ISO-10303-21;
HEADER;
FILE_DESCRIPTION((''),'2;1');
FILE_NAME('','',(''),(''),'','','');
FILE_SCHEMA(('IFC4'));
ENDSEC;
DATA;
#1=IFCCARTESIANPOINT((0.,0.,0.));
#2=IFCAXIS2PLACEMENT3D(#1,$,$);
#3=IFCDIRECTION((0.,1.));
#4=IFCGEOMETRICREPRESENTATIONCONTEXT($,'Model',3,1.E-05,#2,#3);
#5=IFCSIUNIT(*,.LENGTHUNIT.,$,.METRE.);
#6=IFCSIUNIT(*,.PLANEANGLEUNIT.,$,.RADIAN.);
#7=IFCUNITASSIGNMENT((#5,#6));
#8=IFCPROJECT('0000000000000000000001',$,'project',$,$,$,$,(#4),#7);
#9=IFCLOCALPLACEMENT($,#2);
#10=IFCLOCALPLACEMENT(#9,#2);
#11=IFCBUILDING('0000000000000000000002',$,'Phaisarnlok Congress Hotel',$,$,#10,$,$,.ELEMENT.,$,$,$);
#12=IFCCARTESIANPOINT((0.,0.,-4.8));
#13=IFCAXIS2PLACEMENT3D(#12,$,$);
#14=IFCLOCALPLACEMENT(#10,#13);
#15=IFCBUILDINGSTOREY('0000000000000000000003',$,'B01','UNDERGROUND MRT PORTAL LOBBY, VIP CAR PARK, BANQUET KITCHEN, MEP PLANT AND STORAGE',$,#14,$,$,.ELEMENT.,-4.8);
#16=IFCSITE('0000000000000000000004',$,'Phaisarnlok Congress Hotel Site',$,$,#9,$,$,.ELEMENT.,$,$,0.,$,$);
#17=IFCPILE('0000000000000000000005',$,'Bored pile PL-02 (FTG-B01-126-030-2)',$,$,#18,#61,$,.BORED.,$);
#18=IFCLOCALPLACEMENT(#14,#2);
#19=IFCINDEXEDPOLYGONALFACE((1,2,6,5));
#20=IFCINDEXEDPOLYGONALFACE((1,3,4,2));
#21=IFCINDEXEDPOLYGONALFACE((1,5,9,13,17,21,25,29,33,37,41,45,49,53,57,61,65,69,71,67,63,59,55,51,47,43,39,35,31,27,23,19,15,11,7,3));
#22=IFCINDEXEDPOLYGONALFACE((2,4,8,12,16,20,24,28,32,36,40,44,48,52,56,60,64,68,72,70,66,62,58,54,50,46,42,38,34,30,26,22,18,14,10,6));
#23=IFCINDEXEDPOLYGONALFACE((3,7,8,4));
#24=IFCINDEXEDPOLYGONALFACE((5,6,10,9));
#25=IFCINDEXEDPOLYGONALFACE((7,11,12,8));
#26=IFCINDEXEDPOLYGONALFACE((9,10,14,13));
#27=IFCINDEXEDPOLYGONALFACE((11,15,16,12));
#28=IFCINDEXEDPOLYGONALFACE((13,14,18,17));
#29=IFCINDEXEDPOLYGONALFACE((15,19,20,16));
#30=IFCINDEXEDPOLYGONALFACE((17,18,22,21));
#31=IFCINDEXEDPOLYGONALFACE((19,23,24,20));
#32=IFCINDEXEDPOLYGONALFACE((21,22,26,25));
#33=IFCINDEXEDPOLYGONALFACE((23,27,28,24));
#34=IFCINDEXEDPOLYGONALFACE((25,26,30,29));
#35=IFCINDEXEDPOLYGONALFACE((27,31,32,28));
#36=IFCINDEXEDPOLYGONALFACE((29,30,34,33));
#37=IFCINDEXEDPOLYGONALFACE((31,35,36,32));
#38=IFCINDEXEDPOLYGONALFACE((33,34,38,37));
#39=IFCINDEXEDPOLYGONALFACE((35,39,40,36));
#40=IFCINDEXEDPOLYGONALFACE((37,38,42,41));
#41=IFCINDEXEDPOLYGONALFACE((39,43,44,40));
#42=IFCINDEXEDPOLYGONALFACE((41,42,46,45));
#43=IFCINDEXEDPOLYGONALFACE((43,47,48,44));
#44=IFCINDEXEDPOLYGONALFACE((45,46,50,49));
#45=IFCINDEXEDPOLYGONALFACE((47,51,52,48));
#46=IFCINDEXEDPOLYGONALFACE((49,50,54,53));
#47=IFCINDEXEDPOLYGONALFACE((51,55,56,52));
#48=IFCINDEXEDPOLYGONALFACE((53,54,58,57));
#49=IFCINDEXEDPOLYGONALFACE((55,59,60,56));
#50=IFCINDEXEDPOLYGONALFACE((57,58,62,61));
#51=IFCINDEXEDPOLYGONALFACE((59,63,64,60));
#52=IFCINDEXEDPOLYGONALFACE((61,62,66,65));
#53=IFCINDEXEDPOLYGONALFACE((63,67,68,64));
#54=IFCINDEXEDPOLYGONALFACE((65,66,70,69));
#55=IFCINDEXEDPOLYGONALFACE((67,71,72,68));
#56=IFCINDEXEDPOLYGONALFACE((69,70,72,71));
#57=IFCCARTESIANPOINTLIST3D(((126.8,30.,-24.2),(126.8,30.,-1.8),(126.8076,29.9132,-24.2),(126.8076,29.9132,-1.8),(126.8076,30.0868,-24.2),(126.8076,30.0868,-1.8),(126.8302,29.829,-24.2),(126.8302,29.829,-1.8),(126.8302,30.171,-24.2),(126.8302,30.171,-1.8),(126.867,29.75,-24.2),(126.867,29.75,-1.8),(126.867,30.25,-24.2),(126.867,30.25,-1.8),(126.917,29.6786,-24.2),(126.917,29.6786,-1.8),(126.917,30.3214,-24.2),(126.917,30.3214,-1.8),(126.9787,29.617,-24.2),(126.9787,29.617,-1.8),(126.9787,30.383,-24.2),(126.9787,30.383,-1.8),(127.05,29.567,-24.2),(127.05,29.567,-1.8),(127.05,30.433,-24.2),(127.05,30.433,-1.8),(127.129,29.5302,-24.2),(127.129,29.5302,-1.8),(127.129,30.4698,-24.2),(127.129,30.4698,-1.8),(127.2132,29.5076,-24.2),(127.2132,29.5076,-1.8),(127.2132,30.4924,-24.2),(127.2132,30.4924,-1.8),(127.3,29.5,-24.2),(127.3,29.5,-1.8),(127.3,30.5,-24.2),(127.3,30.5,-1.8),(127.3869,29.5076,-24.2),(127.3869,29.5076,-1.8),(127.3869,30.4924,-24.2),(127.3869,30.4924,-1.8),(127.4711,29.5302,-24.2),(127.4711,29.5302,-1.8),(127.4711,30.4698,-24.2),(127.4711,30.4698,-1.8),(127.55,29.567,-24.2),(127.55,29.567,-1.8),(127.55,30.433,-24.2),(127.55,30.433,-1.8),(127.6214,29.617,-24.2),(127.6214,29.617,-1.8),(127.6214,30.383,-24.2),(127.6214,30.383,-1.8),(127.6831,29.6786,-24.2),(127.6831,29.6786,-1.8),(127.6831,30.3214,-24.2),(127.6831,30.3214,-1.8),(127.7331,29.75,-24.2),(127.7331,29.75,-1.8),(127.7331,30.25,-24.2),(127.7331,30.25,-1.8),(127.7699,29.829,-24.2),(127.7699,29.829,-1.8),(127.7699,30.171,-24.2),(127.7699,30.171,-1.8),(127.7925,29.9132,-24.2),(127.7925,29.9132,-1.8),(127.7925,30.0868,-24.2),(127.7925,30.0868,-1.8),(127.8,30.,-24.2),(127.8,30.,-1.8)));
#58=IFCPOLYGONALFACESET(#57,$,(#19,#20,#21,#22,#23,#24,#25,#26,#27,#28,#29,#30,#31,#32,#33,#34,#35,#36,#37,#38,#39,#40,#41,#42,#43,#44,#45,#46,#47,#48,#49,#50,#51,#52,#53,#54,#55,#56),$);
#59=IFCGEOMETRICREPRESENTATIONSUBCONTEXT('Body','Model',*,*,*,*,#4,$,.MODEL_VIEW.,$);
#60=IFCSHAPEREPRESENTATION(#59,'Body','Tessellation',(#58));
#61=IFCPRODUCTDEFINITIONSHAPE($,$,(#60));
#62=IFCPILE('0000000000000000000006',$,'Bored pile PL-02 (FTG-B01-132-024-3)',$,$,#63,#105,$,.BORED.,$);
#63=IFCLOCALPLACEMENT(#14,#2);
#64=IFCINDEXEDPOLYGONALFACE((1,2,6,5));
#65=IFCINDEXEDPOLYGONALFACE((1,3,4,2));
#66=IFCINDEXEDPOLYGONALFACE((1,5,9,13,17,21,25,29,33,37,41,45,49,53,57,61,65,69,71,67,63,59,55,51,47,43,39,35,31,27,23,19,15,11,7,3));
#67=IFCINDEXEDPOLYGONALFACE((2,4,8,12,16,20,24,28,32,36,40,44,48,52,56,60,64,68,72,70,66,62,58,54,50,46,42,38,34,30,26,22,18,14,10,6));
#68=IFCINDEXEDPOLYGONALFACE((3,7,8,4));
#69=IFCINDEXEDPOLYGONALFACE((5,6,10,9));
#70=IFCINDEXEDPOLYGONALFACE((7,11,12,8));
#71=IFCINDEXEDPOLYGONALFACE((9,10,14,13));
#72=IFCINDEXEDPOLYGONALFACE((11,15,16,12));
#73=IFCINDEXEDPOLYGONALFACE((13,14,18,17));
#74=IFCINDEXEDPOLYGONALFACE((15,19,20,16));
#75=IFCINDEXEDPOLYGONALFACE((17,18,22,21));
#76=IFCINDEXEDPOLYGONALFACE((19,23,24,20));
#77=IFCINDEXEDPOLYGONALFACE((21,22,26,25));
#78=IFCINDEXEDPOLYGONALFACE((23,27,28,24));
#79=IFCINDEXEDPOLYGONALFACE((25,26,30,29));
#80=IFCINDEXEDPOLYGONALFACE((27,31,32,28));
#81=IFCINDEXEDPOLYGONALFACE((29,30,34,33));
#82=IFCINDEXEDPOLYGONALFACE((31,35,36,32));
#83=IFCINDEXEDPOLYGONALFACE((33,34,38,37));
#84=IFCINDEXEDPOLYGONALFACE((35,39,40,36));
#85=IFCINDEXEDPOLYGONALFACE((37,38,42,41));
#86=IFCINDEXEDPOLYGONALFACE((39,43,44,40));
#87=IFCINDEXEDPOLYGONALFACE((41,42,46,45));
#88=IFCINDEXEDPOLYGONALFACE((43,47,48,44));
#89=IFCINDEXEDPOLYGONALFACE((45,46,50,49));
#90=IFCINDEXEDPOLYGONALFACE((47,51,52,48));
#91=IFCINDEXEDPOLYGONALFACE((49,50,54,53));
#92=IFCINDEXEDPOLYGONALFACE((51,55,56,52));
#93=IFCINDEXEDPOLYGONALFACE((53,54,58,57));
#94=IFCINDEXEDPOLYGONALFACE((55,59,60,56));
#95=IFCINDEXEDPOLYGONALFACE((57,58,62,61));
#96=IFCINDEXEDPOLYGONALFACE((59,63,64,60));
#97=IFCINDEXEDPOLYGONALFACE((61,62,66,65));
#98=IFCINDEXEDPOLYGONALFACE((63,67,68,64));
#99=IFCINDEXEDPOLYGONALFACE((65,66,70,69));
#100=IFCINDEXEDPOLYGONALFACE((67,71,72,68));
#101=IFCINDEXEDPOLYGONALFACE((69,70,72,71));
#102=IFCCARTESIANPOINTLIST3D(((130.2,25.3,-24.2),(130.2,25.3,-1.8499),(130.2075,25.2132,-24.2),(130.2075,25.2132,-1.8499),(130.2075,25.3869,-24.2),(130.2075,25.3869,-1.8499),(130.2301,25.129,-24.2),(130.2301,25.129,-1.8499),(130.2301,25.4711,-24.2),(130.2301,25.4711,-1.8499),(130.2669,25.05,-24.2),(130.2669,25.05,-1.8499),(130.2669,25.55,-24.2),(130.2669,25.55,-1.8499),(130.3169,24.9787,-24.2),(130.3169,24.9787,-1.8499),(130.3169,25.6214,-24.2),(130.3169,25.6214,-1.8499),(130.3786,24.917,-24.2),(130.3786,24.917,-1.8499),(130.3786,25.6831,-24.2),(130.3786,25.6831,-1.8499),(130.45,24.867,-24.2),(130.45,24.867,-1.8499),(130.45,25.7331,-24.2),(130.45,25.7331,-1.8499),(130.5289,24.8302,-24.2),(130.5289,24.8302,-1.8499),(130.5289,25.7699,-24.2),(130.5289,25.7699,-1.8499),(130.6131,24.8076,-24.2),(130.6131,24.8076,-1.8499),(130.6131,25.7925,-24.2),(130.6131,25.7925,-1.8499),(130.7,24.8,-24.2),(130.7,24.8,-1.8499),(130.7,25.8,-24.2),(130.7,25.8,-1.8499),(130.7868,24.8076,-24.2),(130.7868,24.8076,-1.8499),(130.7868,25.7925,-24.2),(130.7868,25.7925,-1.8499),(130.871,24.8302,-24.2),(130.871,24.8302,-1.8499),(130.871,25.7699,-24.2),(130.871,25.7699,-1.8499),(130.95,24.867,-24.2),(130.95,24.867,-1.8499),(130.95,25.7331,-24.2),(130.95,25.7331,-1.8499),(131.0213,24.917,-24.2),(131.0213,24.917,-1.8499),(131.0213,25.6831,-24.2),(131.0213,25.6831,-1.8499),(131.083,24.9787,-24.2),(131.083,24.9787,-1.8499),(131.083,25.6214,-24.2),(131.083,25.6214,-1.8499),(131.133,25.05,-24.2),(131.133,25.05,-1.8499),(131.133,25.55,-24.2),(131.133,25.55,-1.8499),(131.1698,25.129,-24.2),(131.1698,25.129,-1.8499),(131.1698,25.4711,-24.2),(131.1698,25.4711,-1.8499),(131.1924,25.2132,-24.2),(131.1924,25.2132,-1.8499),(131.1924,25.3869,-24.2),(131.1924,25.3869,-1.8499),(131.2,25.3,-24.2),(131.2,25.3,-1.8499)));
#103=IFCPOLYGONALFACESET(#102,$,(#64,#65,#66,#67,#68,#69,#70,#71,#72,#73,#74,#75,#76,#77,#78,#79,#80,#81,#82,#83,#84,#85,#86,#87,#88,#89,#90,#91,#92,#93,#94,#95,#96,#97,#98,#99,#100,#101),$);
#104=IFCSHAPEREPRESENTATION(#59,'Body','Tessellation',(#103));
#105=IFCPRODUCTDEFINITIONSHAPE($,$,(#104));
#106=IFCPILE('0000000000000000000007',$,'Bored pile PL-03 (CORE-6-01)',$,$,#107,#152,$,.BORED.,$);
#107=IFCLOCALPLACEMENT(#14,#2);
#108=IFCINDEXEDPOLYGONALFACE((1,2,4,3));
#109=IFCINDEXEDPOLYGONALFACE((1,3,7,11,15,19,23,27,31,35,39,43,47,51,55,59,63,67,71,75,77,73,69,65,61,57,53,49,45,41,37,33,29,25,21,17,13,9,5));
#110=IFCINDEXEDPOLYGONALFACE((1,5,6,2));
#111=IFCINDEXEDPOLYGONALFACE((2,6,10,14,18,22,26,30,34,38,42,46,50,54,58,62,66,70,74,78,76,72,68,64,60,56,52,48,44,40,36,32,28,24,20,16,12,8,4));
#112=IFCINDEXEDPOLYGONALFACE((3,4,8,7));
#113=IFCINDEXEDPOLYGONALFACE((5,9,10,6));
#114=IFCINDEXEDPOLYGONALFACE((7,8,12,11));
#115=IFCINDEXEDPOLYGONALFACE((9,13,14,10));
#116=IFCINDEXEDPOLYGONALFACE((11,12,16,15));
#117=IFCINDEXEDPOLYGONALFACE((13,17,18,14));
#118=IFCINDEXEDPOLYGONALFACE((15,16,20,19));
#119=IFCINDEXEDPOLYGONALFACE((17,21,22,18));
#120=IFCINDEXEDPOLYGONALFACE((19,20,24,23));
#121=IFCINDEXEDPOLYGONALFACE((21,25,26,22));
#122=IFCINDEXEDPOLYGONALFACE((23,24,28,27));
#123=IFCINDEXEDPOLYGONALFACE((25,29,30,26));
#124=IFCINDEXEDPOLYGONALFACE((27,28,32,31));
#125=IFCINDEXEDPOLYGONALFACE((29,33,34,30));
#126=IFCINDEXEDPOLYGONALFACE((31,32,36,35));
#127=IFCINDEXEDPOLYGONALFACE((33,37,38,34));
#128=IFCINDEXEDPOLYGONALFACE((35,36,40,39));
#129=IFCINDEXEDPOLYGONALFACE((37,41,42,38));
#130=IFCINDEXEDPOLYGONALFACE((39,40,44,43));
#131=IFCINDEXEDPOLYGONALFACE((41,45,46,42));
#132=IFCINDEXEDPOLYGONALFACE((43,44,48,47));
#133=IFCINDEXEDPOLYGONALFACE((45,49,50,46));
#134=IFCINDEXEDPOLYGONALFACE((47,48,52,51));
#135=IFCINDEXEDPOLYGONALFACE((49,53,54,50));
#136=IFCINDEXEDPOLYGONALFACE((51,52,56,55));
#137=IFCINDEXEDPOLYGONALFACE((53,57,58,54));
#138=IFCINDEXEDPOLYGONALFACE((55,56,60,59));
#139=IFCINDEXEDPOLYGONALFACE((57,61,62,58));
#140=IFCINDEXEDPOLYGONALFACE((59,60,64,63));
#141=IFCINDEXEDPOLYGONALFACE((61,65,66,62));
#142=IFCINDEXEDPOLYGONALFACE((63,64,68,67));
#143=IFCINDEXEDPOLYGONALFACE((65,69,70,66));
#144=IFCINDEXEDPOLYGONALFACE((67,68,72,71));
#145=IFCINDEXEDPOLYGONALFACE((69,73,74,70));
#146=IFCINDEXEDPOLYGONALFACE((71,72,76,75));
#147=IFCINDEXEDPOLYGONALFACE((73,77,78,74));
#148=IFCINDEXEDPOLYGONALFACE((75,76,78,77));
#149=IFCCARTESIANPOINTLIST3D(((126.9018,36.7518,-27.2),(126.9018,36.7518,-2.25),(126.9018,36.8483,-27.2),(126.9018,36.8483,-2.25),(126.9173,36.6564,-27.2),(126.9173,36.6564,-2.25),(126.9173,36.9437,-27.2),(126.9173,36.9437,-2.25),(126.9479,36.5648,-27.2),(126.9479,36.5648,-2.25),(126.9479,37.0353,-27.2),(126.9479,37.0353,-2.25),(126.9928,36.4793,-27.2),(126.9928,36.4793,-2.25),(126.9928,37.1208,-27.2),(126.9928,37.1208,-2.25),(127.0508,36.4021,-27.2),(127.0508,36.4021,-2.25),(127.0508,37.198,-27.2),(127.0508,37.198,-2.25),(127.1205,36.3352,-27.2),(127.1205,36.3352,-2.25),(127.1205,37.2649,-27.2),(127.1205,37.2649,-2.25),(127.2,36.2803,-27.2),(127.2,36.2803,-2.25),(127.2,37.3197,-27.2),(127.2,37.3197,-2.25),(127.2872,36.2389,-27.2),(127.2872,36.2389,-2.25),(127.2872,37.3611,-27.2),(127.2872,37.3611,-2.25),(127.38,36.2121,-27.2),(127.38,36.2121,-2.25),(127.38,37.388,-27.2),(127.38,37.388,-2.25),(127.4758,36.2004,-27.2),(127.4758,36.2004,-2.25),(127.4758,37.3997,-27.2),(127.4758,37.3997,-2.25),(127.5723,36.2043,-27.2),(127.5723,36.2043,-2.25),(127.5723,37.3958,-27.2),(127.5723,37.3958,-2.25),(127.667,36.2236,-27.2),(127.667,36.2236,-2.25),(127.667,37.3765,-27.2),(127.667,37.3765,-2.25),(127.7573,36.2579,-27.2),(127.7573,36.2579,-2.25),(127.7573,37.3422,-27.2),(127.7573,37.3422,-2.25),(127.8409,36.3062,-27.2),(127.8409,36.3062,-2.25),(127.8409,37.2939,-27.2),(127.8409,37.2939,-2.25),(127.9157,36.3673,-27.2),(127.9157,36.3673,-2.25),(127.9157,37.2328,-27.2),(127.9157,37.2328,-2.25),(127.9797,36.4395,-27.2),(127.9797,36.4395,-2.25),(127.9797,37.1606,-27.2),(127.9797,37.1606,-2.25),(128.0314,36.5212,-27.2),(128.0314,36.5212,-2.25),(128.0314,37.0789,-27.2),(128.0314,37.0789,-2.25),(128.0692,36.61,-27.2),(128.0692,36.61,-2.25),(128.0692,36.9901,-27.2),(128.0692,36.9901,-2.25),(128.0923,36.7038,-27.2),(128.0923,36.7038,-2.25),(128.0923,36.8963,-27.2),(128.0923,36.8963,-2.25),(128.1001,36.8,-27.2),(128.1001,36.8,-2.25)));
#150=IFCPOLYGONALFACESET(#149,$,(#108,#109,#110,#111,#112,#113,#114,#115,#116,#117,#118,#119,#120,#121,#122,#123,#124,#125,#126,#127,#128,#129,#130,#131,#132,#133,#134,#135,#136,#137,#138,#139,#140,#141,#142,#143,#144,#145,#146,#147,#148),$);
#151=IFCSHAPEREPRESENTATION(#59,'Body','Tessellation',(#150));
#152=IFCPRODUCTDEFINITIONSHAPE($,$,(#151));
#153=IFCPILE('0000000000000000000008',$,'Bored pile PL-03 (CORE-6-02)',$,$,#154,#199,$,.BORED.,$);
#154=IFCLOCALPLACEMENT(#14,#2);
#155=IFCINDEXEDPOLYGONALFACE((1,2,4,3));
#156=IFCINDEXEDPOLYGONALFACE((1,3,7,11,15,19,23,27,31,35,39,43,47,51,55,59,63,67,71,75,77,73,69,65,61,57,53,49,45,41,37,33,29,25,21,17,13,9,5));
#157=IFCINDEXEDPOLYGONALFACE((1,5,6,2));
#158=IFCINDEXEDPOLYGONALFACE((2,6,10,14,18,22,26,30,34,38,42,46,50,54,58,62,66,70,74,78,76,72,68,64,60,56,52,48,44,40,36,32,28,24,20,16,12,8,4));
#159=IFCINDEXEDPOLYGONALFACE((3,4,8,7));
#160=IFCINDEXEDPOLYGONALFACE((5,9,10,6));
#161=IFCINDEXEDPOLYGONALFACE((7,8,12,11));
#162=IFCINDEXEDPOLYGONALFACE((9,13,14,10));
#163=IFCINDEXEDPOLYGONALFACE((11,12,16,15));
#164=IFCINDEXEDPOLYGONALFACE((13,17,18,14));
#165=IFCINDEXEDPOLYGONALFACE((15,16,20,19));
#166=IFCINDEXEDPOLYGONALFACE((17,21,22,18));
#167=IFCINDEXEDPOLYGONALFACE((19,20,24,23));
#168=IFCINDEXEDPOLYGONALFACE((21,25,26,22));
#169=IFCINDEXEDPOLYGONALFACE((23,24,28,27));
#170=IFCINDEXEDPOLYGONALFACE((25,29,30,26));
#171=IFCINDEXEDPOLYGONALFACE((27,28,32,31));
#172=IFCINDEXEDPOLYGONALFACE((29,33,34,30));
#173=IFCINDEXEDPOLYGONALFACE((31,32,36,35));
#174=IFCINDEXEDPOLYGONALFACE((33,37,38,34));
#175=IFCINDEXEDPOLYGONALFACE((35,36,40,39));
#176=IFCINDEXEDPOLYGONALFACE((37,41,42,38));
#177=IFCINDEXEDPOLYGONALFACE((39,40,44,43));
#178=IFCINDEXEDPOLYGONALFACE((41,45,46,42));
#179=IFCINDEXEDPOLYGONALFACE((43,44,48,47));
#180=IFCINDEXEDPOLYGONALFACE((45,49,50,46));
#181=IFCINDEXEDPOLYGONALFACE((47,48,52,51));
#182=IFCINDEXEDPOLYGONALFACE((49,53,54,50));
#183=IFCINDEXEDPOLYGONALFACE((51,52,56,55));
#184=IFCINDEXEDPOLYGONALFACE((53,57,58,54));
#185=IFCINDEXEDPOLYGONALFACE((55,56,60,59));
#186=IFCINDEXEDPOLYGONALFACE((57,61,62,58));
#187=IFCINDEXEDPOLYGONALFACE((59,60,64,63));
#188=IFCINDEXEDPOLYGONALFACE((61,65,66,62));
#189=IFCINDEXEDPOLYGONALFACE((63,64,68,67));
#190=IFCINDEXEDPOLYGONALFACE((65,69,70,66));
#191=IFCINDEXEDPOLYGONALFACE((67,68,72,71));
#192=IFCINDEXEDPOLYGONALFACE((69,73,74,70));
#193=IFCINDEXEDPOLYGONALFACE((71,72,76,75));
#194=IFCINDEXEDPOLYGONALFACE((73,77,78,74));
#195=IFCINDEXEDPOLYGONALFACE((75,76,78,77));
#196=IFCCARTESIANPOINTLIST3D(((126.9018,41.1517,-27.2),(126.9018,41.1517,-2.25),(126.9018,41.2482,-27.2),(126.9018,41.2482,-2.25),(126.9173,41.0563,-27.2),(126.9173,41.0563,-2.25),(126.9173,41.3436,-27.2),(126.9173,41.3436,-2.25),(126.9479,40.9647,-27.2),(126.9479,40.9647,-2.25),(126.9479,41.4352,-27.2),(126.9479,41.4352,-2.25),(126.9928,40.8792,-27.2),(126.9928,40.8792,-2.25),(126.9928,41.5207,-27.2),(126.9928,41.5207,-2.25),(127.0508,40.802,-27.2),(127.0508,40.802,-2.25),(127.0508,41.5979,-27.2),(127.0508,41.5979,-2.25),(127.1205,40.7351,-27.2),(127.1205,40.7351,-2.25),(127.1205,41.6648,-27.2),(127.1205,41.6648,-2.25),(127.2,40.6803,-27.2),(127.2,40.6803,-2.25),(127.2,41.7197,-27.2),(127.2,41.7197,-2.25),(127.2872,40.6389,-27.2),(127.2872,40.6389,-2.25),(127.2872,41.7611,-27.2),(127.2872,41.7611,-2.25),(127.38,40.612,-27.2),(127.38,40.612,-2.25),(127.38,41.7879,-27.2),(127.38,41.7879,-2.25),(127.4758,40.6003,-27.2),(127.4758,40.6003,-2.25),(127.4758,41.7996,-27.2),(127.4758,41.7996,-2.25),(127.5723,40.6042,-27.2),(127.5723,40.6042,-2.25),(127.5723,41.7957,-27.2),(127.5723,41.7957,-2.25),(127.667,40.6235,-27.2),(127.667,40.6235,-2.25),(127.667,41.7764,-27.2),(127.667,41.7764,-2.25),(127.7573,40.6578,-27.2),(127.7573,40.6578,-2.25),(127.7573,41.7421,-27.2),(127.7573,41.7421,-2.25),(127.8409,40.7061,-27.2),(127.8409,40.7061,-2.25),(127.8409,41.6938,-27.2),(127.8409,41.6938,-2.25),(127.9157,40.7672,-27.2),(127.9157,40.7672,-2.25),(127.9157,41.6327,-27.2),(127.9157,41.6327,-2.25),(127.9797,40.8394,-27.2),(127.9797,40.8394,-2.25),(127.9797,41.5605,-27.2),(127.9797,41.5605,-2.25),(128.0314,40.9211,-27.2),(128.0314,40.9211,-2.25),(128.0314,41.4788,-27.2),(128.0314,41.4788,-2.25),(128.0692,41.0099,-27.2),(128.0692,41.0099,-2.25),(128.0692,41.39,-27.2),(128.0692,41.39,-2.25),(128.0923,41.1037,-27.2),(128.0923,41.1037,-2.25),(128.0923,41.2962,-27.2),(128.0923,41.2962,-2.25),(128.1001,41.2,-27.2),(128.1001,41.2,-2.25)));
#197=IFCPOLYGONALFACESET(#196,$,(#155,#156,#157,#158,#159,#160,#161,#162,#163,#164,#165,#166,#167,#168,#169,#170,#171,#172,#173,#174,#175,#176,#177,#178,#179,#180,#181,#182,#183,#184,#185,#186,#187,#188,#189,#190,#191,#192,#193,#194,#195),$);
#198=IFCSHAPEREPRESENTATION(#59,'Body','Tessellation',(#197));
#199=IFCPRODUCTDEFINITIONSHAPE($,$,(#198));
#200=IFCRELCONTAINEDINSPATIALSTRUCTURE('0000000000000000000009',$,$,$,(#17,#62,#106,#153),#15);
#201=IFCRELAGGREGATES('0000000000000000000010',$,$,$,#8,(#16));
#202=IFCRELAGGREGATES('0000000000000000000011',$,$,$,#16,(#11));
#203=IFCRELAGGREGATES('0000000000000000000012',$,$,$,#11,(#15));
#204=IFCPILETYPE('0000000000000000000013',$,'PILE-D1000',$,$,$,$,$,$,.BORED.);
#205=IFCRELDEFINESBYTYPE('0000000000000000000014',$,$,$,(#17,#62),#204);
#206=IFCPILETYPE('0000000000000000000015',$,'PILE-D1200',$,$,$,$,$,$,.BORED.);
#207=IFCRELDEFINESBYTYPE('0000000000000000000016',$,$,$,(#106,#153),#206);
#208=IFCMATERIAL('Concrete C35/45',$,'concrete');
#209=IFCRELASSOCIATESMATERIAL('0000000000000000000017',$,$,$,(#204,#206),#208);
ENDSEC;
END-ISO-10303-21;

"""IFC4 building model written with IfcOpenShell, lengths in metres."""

from ifc_helpers import new_model, si_unit, direction, frame, origin, origin_2d, place, context, subcontext, project, spatial, circle, extrude, material, material_profile, profile_set, type_object, element, save


model = new_model("IFC4")

# Units and contexts
model_context = context("Model", 3, precision=1e-05, world=origin(), true_north=direction((0.0, 1.0)))
body_context = subcontext(model_context, "Body", "Model", "MODEL_VIEW")
ifc_project = project(units=[si_unit("LENGTHUNIT", "METRE"), si_unit("PLANEANGLEUNIT", "RADIAN")], contexts=[model_context])

# Site, building, storey
site_placement = place(None, origin())
site = spatial("IfcSite", under=ifc_project, at=site_placement, Name="Phaisarnlok Congress Hotel Site", CompositionType="ELEMENT", RefElevation=0.0)
building_placement = place(site_placement, origin())
building = spatial("IfcBuilding", under=site, at=building_placement, Name="Phaisarnlok Congress Hotel", CompositionType="ELEMENT")
storey_placement = place(building_placement, frame((0.0, 0.0, -4.8)))
storey = spatial("IfcBuildingStorey", under=building, at=storey_placement, Name="B01", Description="UNDERGROUND MRT PORTAL LOBBY, VIP CAR PARK, BANQUET KITCHEN, MEP PLANT AND STORAGE", CompositionType="ELEMENT", Elevation=-4.8)

# Piles
ifc_material_1 = material(Name="Concrete C35/45", Category="concrete")
ifc_material_profile_1 = material_profile(ifc_material_1, circle(Radius=0.5, at=origin_2d()), Name="BORED PILE D1000")
ifc_profile_set_1 = profile_set([ifc_material_profile_1], Name="Concrete C35/45")
pile_type_1 = type_object("IfcPileType", Name="PILE-D1000", PredefinedType="BORED", material=ifc_profile_set_1)
for number, where, z_axis, x_axis, name in (
    (1, (127.3, 30.0, -1.8), (0.0, 0.0, -1.0), (1.0, 0.0, 0.0), "Bored pile PL-02 (FTG-B01-126-030-2)"),
):
    element("IfcPile", number, at=place(storey_placement, frame(where, z_axis=z_axis, x_axis=x_axis)), inside=storey, type_object=pile_type_1, Name=name, PredefinedType="BORED", context=body_context, shape_type="SweptSolid", body=[
        extrude(circle(Radius=0.5, at=origin_2d()), origin(), (0.0, 0.0, 1.0), 22.3999),
    ])
pile_placement = place(storey_placement, frame((130.7, 25.3, -1.8499), z_axis=(0.0, 0.0, -1.0), x_axis=(1.0, 0.0, 0.0)))
element("IfcPile", 2, at=pile_placement, inside=storey, type_object=pile_type_1, Name="Bored pile PL-02 (FTG-B01-132-024-3)", PredefinedType="BORED", context=body_context, shape_type="SweptSolid", body=[
    extrude(circle(Radius=0.5, at=origin_2d()), origin(), (0.0, 0.0, 1.0), 22.3501),
])
ifc_material_profile_2 = material_profile(ifc_material_1, circle(Radius=0.6001, at=origin_2d()), Name="BORED PILE D1200")
ifc_profile_set_2 = profile_set([ifc_material_profile_2], Name="Concrete C35/45")
pile_type_2 = type_object("IfcPileType", Name="PILE-D1200", PredefinedType="BORED", material=ifc_profile_set_2)
for number, where, z_axis, x_axis, name in (
    (3, (127.5, 36.8, -2.25), (0.0, 0.0, -1.0), (1.0, 0.0, 0.0), "Bored pile PL-03 (CORE-6-01)"),
    (4, (127.5, 41.2, -2.25), (0.0, 0.0, -1.0), (1.0, 0.0, 0.0), "Bored pile PL-03 (CORE-6-02)"),
):
    element("IfcPile", number, at=place(storey_placement, frame(where, z_axis=z_axis, x_axis=x_axis)), inside=storey, type_object=pile_type_2, Name=name, PredefinedType="BORED", context=body_context, shape_type="SweptSolid", body=[
        extrude(circle(Radius=0.6001, at=origin_2d()), origin(), (0.0, 0.0, 1.0), 24.95),
    ])

save(model, "model.ifc")
